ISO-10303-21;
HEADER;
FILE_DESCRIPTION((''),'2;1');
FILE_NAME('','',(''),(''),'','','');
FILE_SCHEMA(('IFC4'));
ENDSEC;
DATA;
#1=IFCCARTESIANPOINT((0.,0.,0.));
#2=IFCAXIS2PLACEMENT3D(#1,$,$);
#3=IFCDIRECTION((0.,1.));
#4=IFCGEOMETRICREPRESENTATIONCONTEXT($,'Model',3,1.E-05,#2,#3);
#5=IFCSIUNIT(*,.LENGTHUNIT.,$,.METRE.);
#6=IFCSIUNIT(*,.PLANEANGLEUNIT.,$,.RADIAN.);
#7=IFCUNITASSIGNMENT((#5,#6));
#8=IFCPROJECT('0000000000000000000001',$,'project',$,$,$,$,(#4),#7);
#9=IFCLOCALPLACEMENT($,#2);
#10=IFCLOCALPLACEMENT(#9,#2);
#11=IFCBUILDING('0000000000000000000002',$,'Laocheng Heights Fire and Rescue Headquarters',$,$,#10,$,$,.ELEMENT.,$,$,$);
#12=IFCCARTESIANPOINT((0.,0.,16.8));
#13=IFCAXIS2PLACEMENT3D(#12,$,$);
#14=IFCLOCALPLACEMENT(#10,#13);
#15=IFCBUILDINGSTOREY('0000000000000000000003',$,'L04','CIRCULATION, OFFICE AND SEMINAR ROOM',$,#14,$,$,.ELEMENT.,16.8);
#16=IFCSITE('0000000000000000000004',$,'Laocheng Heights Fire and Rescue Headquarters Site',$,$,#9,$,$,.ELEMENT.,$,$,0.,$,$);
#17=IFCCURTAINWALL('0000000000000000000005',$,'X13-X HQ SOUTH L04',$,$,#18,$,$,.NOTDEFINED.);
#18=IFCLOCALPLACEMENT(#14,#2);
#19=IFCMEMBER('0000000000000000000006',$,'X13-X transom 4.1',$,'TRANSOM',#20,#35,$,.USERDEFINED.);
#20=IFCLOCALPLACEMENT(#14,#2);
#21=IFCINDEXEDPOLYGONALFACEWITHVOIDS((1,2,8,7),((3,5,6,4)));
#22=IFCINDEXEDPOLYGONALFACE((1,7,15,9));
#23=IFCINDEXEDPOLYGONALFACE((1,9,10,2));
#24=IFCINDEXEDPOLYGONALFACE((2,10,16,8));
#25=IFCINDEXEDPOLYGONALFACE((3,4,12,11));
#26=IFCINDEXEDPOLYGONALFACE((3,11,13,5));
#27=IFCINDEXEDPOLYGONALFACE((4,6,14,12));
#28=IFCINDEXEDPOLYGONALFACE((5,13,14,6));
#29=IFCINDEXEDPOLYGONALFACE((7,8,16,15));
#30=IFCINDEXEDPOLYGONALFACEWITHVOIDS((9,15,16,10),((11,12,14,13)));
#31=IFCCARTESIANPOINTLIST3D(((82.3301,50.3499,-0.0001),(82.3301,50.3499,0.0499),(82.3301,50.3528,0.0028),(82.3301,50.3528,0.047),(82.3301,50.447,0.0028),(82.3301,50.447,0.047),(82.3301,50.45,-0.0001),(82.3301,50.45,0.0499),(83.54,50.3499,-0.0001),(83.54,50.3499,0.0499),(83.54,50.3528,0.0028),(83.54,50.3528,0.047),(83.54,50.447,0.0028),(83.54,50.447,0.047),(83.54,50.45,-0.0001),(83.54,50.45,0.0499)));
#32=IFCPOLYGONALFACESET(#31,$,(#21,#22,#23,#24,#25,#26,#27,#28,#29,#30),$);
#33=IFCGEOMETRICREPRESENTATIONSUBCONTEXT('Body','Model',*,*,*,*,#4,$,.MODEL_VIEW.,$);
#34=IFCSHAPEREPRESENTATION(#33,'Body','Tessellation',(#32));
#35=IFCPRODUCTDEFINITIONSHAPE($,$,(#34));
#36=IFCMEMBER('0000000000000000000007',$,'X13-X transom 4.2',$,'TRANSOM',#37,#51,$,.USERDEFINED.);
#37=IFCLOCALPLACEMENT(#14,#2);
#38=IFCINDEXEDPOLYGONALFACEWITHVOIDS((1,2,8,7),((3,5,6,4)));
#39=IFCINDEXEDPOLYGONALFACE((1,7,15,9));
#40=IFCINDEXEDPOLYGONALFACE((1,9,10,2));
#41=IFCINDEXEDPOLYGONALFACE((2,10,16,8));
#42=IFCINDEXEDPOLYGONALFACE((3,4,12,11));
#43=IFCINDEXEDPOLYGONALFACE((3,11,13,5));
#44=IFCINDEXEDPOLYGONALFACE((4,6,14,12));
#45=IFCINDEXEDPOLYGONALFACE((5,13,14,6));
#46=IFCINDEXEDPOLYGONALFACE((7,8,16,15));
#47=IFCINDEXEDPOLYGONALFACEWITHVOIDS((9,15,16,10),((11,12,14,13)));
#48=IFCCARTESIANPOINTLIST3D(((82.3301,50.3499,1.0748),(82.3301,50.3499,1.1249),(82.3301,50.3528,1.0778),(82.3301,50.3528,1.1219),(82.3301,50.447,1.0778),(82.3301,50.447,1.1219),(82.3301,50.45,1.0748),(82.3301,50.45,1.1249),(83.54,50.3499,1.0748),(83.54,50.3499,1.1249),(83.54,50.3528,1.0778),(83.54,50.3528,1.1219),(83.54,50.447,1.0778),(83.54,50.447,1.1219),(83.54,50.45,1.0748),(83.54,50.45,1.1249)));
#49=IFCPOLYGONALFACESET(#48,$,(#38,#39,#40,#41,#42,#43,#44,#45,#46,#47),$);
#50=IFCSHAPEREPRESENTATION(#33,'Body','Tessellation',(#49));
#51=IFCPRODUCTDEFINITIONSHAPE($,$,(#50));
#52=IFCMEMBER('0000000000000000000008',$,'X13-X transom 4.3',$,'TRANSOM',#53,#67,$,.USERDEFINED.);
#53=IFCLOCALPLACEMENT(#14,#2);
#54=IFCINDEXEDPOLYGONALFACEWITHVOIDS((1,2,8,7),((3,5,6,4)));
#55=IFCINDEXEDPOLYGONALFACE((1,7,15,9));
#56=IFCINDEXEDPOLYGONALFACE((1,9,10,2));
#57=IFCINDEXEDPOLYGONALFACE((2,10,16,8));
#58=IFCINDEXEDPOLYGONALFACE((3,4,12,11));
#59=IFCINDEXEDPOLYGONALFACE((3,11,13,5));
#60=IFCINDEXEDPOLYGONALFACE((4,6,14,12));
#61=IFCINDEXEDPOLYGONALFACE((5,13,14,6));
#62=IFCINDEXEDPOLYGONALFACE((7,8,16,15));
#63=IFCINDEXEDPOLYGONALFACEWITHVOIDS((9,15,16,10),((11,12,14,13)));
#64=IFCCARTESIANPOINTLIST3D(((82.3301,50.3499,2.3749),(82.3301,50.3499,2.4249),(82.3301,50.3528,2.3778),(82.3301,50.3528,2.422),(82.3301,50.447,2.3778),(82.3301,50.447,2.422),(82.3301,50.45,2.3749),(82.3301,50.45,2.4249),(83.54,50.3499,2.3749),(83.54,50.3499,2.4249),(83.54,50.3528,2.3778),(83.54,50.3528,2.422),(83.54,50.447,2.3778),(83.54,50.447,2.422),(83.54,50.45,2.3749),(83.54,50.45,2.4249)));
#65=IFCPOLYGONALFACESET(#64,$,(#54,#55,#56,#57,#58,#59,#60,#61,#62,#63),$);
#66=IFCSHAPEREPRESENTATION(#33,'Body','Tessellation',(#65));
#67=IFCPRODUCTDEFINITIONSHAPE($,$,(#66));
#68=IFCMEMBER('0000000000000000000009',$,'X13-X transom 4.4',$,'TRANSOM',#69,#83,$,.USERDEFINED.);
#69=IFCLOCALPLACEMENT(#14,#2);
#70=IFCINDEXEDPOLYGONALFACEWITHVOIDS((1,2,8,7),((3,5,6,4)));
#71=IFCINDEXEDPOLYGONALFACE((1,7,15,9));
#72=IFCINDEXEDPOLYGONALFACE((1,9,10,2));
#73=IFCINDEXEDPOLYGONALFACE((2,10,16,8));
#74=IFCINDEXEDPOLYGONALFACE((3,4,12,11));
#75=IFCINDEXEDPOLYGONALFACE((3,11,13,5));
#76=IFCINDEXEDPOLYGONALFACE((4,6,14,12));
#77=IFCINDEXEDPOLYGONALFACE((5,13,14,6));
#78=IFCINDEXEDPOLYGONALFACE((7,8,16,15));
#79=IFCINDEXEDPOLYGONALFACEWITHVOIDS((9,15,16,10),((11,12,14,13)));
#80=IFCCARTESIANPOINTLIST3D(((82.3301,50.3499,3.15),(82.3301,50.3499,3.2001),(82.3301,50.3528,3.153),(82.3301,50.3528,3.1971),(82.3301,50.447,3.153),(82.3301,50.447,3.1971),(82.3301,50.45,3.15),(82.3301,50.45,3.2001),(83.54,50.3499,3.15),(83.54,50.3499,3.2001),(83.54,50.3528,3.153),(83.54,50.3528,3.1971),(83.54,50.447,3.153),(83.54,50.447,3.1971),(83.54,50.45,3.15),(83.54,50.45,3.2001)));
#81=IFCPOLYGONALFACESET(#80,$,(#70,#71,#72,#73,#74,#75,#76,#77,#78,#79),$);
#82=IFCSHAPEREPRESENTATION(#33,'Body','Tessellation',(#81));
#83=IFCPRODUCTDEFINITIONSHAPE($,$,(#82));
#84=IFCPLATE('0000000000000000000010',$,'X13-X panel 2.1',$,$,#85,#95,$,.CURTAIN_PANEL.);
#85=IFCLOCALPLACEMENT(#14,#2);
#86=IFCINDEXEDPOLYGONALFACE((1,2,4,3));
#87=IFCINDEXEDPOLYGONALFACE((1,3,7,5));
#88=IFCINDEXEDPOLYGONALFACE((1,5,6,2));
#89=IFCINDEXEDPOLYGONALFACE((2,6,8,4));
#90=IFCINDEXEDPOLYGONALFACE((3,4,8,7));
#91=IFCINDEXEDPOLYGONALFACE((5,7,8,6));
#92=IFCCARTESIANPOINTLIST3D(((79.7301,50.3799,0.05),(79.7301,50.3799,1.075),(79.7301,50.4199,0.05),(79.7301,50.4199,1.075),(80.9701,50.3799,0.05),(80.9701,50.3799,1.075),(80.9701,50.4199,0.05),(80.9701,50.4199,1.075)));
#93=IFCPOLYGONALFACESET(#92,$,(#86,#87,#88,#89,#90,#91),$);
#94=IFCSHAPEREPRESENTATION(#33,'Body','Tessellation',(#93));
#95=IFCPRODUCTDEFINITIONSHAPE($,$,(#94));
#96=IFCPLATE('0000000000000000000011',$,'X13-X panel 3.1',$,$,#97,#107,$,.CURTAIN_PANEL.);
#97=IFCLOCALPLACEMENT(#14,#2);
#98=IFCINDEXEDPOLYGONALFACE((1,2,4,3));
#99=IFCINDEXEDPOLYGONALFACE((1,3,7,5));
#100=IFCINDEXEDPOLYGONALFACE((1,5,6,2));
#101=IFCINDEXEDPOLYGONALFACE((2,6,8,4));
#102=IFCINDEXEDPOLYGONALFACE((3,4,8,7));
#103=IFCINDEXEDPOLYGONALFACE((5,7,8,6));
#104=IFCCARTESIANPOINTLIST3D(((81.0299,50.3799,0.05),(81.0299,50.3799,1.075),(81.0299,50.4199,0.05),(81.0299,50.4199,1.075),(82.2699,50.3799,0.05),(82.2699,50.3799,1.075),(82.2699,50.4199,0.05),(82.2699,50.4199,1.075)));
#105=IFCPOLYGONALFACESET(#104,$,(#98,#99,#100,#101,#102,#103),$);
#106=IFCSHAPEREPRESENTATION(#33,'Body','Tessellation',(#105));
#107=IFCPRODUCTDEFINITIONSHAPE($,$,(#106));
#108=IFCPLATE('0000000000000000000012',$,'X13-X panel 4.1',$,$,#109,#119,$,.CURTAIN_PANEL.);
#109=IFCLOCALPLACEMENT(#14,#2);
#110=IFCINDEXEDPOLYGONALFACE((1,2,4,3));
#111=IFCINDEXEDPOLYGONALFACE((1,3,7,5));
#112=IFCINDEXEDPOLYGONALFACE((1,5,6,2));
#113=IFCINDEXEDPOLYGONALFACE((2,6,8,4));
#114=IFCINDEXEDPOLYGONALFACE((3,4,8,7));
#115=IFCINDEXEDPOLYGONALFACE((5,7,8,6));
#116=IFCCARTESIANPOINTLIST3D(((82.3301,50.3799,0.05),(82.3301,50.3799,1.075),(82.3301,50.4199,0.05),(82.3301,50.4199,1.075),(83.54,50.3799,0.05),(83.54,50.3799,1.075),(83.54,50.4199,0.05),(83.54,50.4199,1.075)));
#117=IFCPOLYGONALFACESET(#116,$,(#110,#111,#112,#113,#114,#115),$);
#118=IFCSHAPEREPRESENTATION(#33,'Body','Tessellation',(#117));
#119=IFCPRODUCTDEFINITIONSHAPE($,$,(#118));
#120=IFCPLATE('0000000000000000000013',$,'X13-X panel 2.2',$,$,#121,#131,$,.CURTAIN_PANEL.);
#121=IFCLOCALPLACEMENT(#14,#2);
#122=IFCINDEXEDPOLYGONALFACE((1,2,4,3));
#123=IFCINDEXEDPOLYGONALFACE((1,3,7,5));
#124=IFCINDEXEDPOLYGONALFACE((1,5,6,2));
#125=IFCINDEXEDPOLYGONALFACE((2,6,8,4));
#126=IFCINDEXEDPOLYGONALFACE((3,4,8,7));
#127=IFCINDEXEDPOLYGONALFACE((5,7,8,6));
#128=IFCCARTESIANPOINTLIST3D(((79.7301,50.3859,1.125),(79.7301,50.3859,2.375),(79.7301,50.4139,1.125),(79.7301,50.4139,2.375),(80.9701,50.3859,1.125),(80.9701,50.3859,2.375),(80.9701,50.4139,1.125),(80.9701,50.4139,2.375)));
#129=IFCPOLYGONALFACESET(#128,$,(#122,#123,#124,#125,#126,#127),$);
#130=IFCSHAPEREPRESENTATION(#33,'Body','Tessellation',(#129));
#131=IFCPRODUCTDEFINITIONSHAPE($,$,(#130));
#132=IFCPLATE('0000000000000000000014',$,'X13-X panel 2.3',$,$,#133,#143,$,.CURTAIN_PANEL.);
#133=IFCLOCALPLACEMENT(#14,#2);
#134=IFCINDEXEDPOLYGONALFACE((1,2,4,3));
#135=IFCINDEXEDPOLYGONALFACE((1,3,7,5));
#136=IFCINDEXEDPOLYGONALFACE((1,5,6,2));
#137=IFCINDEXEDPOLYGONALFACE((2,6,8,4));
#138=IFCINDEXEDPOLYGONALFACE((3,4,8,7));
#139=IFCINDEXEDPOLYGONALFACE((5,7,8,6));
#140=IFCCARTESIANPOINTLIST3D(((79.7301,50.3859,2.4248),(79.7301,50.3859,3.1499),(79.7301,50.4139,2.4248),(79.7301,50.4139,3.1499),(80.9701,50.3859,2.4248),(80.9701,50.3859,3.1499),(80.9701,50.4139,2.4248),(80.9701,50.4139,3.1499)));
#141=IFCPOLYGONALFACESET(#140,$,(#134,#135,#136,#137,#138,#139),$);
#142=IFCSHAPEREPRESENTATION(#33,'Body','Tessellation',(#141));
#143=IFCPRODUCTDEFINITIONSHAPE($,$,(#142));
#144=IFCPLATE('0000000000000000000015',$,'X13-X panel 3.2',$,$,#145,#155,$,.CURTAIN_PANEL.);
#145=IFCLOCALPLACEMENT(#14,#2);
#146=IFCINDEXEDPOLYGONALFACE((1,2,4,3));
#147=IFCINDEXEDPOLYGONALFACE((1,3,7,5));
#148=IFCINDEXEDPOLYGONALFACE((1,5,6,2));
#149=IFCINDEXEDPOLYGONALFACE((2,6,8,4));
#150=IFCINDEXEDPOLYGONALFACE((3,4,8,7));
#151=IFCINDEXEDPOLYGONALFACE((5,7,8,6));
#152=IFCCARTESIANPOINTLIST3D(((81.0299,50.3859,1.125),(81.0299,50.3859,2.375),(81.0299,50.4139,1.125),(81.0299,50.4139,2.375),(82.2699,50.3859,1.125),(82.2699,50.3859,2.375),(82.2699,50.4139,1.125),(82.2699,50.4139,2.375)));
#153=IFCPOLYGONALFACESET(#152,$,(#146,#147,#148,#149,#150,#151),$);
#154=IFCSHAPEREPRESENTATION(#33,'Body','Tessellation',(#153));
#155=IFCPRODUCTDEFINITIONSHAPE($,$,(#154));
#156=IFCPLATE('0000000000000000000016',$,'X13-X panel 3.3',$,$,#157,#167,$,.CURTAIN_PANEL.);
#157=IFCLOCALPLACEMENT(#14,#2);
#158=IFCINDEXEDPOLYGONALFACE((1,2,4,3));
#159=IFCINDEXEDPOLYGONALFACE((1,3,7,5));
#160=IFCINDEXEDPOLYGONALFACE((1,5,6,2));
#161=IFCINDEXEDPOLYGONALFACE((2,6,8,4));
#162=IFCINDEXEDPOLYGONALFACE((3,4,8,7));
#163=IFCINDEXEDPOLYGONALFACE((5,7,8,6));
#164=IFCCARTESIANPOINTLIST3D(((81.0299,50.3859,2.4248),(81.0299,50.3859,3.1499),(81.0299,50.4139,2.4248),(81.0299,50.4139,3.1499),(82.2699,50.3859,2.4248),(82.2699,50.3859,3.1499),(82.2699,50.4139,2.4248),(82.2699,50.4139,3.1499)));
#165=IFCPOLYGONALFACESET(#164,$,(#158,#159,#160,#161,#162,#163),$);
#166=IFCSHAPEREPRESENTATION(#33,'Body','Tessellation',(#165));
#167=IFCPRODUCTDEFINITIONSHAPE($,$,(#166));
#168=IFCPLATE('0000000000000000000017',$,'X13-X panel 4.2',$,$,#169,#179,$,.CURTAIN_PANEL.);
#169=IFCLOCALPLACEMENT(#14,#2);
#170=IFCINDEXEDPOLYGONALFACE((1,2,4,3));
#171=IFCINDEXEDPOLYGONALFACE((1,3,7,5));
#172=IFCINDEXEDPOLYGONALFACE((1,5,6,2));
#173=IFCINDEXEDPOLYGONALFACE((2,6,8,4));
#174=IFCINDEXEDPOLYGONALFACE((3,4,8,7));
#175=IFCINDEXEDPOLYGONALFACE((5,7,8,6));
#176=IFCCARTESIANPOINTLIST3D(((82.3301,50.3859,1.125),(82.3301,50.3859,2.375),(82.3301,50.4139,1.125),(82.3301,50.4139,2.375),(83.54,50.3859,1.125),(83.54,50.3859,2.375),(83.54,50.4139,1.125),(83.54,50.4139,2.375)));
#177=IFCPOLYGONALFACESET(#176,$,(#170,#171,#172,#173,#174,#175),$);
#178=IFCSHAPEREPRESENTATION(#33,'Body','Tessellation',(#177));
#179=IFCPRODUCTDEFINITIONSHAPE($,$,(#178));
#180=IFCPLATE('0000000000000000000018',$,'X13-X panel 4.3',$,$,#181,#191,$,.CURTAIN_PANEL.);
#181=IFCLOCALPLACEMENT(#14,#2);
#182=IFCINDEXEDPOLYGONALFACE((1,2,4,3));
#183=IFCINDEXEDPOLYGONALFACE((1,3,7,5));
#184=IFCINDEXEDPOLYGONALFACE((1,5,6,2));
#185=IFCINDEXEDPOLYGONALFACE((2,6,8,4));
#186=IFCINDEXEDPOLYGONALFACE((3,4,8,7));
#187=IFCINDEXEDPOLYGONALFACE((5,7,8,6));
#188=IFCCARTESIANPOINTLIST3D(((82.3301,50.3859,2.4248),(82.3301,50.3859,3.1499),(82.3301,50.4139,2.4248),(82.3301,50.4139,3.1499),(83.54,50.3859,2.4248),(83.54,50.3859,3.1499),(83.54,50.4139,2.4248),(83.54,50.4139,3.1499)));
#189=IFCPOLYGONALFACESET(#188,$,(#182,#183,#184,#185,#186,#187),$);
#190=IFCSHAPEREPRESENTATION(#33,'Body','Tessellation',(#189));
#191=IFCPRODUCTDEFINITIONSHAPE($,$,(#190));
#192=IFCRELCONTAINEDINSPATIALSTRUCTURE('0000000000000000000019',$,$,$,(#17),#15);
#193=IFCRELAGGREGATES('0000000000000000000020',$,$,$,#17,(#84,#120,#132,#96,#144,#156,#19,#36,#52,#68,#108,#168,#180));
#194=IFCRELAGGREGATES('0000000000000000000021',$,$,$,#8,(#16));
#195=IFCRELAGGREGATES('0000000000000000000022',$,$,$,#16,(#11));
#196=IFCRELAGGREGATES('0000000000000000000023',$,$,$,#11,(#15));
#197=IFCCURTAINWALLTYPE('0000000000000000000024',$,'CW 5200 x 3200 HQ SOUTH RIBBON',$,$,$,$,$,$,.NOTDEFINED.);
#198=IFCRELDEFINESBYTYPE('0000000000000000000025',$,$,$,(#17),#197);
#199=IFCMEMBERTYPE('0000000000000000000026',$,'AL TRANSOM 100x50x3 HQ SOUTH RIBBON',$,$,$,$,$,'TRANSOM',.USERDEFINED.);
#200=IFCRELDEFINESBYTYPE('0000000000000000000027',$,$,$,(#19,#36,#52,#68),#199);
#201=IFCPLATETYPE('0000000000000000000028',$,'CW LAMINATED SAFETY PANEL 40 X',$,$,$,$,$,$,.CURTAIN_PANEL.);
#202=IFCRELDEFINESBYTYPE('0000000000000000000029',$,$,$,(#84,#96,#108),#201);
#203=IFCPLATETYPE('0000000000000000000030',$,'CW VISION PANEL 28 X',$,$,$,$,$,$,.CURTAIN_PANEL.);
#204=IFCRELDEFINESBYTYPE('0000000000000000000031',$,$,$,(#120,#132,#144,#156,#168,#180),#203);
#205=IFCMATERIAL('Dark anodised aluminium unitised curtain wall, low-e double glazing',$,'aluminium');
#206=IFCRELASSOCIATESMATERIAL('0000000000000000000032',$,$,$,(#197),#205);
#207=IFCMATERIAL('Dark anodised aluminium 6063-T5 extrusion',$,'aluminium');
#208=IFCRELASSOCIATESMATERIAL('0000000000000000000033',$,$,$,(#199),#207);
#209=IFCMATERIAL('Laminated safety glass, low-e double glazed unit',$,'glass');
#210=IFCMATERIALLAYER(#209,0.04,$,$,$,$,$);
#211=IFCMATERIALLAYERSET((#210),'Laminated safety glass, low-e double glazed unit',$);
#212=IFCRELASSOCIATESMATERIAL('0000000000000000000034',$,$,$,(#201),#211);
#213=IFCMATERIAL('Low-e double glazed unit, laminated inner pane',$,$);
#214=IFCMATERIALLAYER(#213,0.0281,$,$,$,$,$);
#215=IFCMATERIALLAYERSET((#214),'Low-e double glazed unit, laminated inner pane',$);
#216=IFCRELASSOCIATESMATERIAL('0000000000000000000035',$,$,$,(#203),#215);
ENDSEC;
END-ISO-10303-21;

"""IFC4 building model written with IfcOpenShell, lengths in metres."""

from ifc_helpers import new_model, si_unit, direction, frame, origin, origin_2d, place, context, subcontext, project, spatial, rectangle, hollow_rectangle, extrude, material, layer, layer_set, material_profile, profile_set, type_object, element, aggregate, save


model = new_model("IFC4")

# Units and contexts
model_context = context("Model", 3, precision=1e-05, world=origin(), true_north=direction((0.0, 1.0)))
body_context = subcontext(model_context, "Body", "Model", "MODEL_VIEW")
ifc_project = project(units=[si_unit("LENGTHUNIT", "METRE"), si_unit("PLANEANGLEUNIT", "RADIAN")], contexts=[model_context])

# Site, building, storey
site_placement = place(None, origin())
site = spatial("IfcSite", under=ifc_project, at=site_placement, Name="Laocheng Heights Fire and Rescue Headquarters Site", CompositionType="ELEMENT", RefElevation=0.0)
building_placement = place(site_placement, origin())
building = spatial("IfcBuilding", under=site, at=building_placement, Name="Laocheng Heights Fire and Rescue Headquarters", CompositionType="ELEMENT")
storey_placement = place(building_placement, frame((0.0, 0.0, 16.8)))
storey = spatial("IfcBuildingStorey", under=building, at=storey_placement, Name="L04", Description="CIRCULATION, OFFICE AND SEMINAR ROOM", CompositionType="ELEMENT", Elevation=16.8)

# Curtain wall, members, plates
ifc_material_1 = material(Name="Dark anodised aluminium unitised curtain wall, low-e double glazing", Category="aluminium")
curtain_wall_type = type_object("IfcCurtainWallType", Name="CW 5200 x 3200 HQ SOUTH RIBBON", PredefinedType="NOTDEFINED", material=ifc_material_1)
curtain_wall_placement = place(storey_placement, origin())
curtain_wall = element("IfcCurtainWall", 1, at=curtain_wall_placement, inside=storey, type_object=curtain_wall_type, Name="X13-X HQ SOUTH L04", PredefinedType="NOTDEFINED")
ifc_material_2 = material(Name="Dark anodised aluminium 6063-T5 extrusion", Category="aluminium")
ifc_material_profile_1 = material_profile(ifc_material_2, hollow_rectangle(XDim=0.1001, YDim=0.05, WallThickness=0.0029, at=origin_2d()), Name="AL TRANSOM 100x50x3 HQ SOUTH RIBBON")
ifc_profile_set_1 = profile_set([ifc_material_profile_1], Name="Dark anodised aluminium 6063-T5 extrusion")
member_type_1 = type_object("IfcMemberType", Name="AL TRANSOM 100x50x3 HQ SOUTH RIBBON", ElementType="TRANSOM", PredefinedType="USERDEFINED", material=ifc_profile_set_1)
member_1_placement = place(storey_placement, frame((82.3301, 50.3999, 0.0249), z_axis=(1.0, 0.0, 0.0), x_axis=(0.0, 1.0, 0.0)))
member_1 = element("IfcMember", 2, at=member_1_placement, type_object=member_type_1, Name="X13-X transom 4.1", ObjectType="TRANSOM", PredefinedType="USERDEFINED", context=body_context, shape_type="SweptSolid", body=[
    extrude(hollow_rectangle(XDim=0.1001, YDim=0.05, WallThickness=0.0029, at=origin_2d()), origin(), (0.0, 0.0, 1.0), 1.21),
])
member_2_placement = place(storey_placement, frame((82.3301, 50.3999, 1.0999), z_axis=(1.0, 0.0, 0.0), x_axis=(0.0, 1.0, 0.0)))
member_2 = element("IfcMember", 3, at=member_2_placement, type_object=member_type_1, Name="X13-X transom 4.2", ObjectType="TRANSOM", PredefinedType="USERDEFINED", context=body_context, shape_type="SweptSolid", body=[
    extrude(hollow_rectangle(XDim=0.1001, YDim=0.05, WallThickness=0.0029, at=origin_2d()), origin(), (0.0, 0.0, 1.0), 1.21),
])
member_3_placement = place(storey_placement, frame((82.3301, 50.3999, 2.3999), z_axis=(1.0, 0.0, 0.0), x_axis=(0.0, 1.0, 0.0)))
member_3 = element("IfcMember", 4, at=member_3_placement, type_object=member_type_1, Name="X13-X transom 4.3", ObjectType="TRANSOM", PredefinedType="USERDEFINED", context=body_context, shape_type="SweptSolid", body=[
    extrude(hollow_rectangle(XDim=0.1001, YDim=0.05, WallThickness=0.0029, at=origin_2d()), origin(), (0.0, 0.0, 1.0), 1.21),
])
member_4_placement = place(storey_placement, frame((82.3301, 50.3999, 3.175), z_axis=(1.0, 0.0, 0.0), x_axis=(0.0, 1.0, 0.0)))
member_4 = element("IfcMember", 5, at=member_4_placement, type_object=member_type_1, Name="X13-X transom 4.4", ObjectType="TRANSOM", PredefinedType="USERDEFINED", context=body_context, shape_type="SweptSolid", body=[
    extrude(hollow_rectangle(XDim=0.1001, YDim=0.05, WallThickness=0.0029, at=origin_2d()), origin(), (0.0, 0.0, 1.0), 1.21),
])
ifc_material_3 = material(Name="Laminated safety glass, low-e double glazed unit", Category="glass")
ifc_layer_1 = layer(ifc_material_3, 0.04)
ifc_layer_set_1 = layer_set([ifc_layer_1], Name="Laminated safety glass, low-e double glazed unit")
plate_type_1 = type_object("IfcPlateType", Name="CW LAMINATED SAFETY PANEL 40 X", PredefinedType="CURTAIN_PANEL", material=ifc_layer_set_1)
plate_1_placement = place(storey_placement, frame((80.3501, 50.3999, 0.05), z_axis=(0.0, 0.0, 1.0), x_axis=(1.0, 0.0, 0.0)))
plate_1 = element("IfcPlate", 6, at=plate_1_placement, type_object=plate_type_1, Name="X13-X panel 2.1", PredefinedType="CURTAIN_PANEL", context=body_context, shape_type="SweptSolid", body=[
    extrude(rectangle(XDim=1.24, YDim=0.04, at=origin_2d()), origin(), (0.0, 0.0, 1.0), 1.0249),
])
plate_2_placement = place(storey_placement, frame((81.6499, 50.3999, 0.05), z_axis=(0.0, 0.0, 1.0), x_axis=(1.0, 0.0, 0.0)))
plate_2 = element("IfcPlate", 7, at=plate_2_placement, type_object=plate_type_1, Name="X13-X panel 3.1", PredefinedType="CURTAIN_PANEL", context=body_context, shape_type="SweptSolid", body=[
    extrude(rectangle(XDim=1.24, YDim=0.04, at=origin_2d()), origin(), (0.0, 0.0, 1.0), 1.0249),
])
plate_3_placement = place(storey_placement, frame((82.9351, 50.3999, 0.05), z_axis=(0.0, 0.0, 1.0), x_axis=(1.0, 0.0, 0.0)))
plate_3 = element("IfcPlate", 8, at=plate_3_placement, type_object=plate_type_1, Name="X13-X panel 4.1", PredefinedType="CURTAIN_PANEL", context=body_context, shape_type="SweptSolid", body=[
    extrude(rectangle(XDim=1.21, YDim=0.04, at=origin_2d()), origin(), (0.0, 0.0, 1.0), 1.0249),
])
ifc_material_4 = material(Name="Low-e double glazed unit, laminated inner pane")
ifc_layer_2 = layer(ifc_material_4, 0.0281)
ifc_layer_set_2 = layer_set([ifc_layer_2], Name="Low-e double glazed unit, laminated inner pane")
plate_type_2 = type_object("IfcPlateType", Name="CW VISION PANEL 28 X", PredefinedType="CURTAIN_PANEL", material=ifc_layer_set_2)
plate_4_placement = place(storey_placement, frame((80.3501, 50.3999, 1.125), z_axis=(0.0, 0.0, 1.0), x_axis=(1.0, 0.0, 0.0)))
plate_4 = element("IfcPlate", 9, at=plate_4_placement, type_object=plate_type_2, Name="X13-X panel 2.2", PredefinedType="CURTAIN_PANEL", context=body_context, shape_type="SweptSolid", body=[
    extrude(rectangle(XDim=1.24, YDim=0.0281, at=origin_2d()), origin(), (0.0, 0.0, 1.0), 1.25),
])
plate_5_placement = place(storey_placement, frame((80.3501, 50.3999, 2.4248), z_axis=(0.0, 0.0, 1.0), x_axis=(1.0, 0.0, 0.0)))
plate_5 = element("IfcPlate", 10, at=plate_5_placement, type_object=plate_type_2, Name="X13-X panel 2.3", PredefinedType="CURTAIN_PANEL", context=body_context, shape_type="SweptSolid", body=[
    extrude(rectangle(XDim=1.24, YDim=0.0281, at=origin_2d()), origin(), (0.0, 0.0, 1.0), 0.7251),
])
plate_6_placement = place(storey_placement, frame((81.6499, 50.3999, 1.125), z_axis=(0.0, 0.0, 1.0), x_axis=(1.0, 0.0, 0.0)))
plate_6 = element("IfcPlate", 11, at=plate_6_placement, type_object=plate_type_2, Name="X13-X panel 3.2", PredefinedType="CURTAIN_PANEL", context=body_context, shape_type="SweptSolid", body=[
    extrude(rectangle(XDim=1.24, YDim=0.0281, at=origin_2d()), origin(), (0.0, 0.0, 1.0), 1.25),
])
plate_7_placement = place(storey_placement, frame((81.6499, 50.3999, 2.4248), z_axis=(0.0, 0.0, 1.0), x_axis=(1.0, 0.0, 0.0)))
plate_7 = element("IfcPlate", 12, at=plate_7_placement, type_object=plate_type_2, Name="X13-X panel 3.3", PredefinedType="CURTAIN_PANEL", context=body_context, shape_type="SweptSolid", body=[
    extrude(rectangle(XDim=1.24, YDim=0.0281, at=origin_2d()), origin(), (0.0, 0.0, 1.0), 0.7251),
])
plate_8_placement = place(storey_placement, frame((82.9351, 50.3999, 1.125), z_axis=(0.0, 0.0, 1.0), x_axis=(1.0, 0.0, 0.0)))
plate_8 = element("IfcPlate", 13, at=plate_8_placement, type_object=plate_type_2, Name="X13-X panel 4.2", PredefinedType="CURTAIN_PANEL", context=body_context, shape_type="SweptSolid", body=[
    extrude(rectangle(XDim=1.21, YDim=0.0281, at=origin_2d()), origin(), (0.0, 0.0, 1.0), 1.25),
])
plate_9_placement = place(storey_placement, frame((82.9351, 50.3999, 2.4248), z_axis=(0.0, 0.0, 1.0), x_axis=(1.0, 0.0, 0.0)))
plate_9 = element("IfcPlate", 14, at=plate_9_placement, type_object=plate_type_2, Name="X13-X panel 4.3", PredefinedType="CURTAIN_PANEL", context=body_context, shape_type="SweptSolid", body=[
    extrude(rectangle(XDim=1.21, YDim=0.0281, at=origin_2d()), origin(), (0.0, 0.0, 1.0), 0.7251),
])
aggregate(curtain_wall, [plate_1, plate_4, plate_5, plate_2, plate_6, plate_7, member_1, member_2, member_3, member_4, plate_3, plate_8, plate_9])

save(model, "model.ifc")
